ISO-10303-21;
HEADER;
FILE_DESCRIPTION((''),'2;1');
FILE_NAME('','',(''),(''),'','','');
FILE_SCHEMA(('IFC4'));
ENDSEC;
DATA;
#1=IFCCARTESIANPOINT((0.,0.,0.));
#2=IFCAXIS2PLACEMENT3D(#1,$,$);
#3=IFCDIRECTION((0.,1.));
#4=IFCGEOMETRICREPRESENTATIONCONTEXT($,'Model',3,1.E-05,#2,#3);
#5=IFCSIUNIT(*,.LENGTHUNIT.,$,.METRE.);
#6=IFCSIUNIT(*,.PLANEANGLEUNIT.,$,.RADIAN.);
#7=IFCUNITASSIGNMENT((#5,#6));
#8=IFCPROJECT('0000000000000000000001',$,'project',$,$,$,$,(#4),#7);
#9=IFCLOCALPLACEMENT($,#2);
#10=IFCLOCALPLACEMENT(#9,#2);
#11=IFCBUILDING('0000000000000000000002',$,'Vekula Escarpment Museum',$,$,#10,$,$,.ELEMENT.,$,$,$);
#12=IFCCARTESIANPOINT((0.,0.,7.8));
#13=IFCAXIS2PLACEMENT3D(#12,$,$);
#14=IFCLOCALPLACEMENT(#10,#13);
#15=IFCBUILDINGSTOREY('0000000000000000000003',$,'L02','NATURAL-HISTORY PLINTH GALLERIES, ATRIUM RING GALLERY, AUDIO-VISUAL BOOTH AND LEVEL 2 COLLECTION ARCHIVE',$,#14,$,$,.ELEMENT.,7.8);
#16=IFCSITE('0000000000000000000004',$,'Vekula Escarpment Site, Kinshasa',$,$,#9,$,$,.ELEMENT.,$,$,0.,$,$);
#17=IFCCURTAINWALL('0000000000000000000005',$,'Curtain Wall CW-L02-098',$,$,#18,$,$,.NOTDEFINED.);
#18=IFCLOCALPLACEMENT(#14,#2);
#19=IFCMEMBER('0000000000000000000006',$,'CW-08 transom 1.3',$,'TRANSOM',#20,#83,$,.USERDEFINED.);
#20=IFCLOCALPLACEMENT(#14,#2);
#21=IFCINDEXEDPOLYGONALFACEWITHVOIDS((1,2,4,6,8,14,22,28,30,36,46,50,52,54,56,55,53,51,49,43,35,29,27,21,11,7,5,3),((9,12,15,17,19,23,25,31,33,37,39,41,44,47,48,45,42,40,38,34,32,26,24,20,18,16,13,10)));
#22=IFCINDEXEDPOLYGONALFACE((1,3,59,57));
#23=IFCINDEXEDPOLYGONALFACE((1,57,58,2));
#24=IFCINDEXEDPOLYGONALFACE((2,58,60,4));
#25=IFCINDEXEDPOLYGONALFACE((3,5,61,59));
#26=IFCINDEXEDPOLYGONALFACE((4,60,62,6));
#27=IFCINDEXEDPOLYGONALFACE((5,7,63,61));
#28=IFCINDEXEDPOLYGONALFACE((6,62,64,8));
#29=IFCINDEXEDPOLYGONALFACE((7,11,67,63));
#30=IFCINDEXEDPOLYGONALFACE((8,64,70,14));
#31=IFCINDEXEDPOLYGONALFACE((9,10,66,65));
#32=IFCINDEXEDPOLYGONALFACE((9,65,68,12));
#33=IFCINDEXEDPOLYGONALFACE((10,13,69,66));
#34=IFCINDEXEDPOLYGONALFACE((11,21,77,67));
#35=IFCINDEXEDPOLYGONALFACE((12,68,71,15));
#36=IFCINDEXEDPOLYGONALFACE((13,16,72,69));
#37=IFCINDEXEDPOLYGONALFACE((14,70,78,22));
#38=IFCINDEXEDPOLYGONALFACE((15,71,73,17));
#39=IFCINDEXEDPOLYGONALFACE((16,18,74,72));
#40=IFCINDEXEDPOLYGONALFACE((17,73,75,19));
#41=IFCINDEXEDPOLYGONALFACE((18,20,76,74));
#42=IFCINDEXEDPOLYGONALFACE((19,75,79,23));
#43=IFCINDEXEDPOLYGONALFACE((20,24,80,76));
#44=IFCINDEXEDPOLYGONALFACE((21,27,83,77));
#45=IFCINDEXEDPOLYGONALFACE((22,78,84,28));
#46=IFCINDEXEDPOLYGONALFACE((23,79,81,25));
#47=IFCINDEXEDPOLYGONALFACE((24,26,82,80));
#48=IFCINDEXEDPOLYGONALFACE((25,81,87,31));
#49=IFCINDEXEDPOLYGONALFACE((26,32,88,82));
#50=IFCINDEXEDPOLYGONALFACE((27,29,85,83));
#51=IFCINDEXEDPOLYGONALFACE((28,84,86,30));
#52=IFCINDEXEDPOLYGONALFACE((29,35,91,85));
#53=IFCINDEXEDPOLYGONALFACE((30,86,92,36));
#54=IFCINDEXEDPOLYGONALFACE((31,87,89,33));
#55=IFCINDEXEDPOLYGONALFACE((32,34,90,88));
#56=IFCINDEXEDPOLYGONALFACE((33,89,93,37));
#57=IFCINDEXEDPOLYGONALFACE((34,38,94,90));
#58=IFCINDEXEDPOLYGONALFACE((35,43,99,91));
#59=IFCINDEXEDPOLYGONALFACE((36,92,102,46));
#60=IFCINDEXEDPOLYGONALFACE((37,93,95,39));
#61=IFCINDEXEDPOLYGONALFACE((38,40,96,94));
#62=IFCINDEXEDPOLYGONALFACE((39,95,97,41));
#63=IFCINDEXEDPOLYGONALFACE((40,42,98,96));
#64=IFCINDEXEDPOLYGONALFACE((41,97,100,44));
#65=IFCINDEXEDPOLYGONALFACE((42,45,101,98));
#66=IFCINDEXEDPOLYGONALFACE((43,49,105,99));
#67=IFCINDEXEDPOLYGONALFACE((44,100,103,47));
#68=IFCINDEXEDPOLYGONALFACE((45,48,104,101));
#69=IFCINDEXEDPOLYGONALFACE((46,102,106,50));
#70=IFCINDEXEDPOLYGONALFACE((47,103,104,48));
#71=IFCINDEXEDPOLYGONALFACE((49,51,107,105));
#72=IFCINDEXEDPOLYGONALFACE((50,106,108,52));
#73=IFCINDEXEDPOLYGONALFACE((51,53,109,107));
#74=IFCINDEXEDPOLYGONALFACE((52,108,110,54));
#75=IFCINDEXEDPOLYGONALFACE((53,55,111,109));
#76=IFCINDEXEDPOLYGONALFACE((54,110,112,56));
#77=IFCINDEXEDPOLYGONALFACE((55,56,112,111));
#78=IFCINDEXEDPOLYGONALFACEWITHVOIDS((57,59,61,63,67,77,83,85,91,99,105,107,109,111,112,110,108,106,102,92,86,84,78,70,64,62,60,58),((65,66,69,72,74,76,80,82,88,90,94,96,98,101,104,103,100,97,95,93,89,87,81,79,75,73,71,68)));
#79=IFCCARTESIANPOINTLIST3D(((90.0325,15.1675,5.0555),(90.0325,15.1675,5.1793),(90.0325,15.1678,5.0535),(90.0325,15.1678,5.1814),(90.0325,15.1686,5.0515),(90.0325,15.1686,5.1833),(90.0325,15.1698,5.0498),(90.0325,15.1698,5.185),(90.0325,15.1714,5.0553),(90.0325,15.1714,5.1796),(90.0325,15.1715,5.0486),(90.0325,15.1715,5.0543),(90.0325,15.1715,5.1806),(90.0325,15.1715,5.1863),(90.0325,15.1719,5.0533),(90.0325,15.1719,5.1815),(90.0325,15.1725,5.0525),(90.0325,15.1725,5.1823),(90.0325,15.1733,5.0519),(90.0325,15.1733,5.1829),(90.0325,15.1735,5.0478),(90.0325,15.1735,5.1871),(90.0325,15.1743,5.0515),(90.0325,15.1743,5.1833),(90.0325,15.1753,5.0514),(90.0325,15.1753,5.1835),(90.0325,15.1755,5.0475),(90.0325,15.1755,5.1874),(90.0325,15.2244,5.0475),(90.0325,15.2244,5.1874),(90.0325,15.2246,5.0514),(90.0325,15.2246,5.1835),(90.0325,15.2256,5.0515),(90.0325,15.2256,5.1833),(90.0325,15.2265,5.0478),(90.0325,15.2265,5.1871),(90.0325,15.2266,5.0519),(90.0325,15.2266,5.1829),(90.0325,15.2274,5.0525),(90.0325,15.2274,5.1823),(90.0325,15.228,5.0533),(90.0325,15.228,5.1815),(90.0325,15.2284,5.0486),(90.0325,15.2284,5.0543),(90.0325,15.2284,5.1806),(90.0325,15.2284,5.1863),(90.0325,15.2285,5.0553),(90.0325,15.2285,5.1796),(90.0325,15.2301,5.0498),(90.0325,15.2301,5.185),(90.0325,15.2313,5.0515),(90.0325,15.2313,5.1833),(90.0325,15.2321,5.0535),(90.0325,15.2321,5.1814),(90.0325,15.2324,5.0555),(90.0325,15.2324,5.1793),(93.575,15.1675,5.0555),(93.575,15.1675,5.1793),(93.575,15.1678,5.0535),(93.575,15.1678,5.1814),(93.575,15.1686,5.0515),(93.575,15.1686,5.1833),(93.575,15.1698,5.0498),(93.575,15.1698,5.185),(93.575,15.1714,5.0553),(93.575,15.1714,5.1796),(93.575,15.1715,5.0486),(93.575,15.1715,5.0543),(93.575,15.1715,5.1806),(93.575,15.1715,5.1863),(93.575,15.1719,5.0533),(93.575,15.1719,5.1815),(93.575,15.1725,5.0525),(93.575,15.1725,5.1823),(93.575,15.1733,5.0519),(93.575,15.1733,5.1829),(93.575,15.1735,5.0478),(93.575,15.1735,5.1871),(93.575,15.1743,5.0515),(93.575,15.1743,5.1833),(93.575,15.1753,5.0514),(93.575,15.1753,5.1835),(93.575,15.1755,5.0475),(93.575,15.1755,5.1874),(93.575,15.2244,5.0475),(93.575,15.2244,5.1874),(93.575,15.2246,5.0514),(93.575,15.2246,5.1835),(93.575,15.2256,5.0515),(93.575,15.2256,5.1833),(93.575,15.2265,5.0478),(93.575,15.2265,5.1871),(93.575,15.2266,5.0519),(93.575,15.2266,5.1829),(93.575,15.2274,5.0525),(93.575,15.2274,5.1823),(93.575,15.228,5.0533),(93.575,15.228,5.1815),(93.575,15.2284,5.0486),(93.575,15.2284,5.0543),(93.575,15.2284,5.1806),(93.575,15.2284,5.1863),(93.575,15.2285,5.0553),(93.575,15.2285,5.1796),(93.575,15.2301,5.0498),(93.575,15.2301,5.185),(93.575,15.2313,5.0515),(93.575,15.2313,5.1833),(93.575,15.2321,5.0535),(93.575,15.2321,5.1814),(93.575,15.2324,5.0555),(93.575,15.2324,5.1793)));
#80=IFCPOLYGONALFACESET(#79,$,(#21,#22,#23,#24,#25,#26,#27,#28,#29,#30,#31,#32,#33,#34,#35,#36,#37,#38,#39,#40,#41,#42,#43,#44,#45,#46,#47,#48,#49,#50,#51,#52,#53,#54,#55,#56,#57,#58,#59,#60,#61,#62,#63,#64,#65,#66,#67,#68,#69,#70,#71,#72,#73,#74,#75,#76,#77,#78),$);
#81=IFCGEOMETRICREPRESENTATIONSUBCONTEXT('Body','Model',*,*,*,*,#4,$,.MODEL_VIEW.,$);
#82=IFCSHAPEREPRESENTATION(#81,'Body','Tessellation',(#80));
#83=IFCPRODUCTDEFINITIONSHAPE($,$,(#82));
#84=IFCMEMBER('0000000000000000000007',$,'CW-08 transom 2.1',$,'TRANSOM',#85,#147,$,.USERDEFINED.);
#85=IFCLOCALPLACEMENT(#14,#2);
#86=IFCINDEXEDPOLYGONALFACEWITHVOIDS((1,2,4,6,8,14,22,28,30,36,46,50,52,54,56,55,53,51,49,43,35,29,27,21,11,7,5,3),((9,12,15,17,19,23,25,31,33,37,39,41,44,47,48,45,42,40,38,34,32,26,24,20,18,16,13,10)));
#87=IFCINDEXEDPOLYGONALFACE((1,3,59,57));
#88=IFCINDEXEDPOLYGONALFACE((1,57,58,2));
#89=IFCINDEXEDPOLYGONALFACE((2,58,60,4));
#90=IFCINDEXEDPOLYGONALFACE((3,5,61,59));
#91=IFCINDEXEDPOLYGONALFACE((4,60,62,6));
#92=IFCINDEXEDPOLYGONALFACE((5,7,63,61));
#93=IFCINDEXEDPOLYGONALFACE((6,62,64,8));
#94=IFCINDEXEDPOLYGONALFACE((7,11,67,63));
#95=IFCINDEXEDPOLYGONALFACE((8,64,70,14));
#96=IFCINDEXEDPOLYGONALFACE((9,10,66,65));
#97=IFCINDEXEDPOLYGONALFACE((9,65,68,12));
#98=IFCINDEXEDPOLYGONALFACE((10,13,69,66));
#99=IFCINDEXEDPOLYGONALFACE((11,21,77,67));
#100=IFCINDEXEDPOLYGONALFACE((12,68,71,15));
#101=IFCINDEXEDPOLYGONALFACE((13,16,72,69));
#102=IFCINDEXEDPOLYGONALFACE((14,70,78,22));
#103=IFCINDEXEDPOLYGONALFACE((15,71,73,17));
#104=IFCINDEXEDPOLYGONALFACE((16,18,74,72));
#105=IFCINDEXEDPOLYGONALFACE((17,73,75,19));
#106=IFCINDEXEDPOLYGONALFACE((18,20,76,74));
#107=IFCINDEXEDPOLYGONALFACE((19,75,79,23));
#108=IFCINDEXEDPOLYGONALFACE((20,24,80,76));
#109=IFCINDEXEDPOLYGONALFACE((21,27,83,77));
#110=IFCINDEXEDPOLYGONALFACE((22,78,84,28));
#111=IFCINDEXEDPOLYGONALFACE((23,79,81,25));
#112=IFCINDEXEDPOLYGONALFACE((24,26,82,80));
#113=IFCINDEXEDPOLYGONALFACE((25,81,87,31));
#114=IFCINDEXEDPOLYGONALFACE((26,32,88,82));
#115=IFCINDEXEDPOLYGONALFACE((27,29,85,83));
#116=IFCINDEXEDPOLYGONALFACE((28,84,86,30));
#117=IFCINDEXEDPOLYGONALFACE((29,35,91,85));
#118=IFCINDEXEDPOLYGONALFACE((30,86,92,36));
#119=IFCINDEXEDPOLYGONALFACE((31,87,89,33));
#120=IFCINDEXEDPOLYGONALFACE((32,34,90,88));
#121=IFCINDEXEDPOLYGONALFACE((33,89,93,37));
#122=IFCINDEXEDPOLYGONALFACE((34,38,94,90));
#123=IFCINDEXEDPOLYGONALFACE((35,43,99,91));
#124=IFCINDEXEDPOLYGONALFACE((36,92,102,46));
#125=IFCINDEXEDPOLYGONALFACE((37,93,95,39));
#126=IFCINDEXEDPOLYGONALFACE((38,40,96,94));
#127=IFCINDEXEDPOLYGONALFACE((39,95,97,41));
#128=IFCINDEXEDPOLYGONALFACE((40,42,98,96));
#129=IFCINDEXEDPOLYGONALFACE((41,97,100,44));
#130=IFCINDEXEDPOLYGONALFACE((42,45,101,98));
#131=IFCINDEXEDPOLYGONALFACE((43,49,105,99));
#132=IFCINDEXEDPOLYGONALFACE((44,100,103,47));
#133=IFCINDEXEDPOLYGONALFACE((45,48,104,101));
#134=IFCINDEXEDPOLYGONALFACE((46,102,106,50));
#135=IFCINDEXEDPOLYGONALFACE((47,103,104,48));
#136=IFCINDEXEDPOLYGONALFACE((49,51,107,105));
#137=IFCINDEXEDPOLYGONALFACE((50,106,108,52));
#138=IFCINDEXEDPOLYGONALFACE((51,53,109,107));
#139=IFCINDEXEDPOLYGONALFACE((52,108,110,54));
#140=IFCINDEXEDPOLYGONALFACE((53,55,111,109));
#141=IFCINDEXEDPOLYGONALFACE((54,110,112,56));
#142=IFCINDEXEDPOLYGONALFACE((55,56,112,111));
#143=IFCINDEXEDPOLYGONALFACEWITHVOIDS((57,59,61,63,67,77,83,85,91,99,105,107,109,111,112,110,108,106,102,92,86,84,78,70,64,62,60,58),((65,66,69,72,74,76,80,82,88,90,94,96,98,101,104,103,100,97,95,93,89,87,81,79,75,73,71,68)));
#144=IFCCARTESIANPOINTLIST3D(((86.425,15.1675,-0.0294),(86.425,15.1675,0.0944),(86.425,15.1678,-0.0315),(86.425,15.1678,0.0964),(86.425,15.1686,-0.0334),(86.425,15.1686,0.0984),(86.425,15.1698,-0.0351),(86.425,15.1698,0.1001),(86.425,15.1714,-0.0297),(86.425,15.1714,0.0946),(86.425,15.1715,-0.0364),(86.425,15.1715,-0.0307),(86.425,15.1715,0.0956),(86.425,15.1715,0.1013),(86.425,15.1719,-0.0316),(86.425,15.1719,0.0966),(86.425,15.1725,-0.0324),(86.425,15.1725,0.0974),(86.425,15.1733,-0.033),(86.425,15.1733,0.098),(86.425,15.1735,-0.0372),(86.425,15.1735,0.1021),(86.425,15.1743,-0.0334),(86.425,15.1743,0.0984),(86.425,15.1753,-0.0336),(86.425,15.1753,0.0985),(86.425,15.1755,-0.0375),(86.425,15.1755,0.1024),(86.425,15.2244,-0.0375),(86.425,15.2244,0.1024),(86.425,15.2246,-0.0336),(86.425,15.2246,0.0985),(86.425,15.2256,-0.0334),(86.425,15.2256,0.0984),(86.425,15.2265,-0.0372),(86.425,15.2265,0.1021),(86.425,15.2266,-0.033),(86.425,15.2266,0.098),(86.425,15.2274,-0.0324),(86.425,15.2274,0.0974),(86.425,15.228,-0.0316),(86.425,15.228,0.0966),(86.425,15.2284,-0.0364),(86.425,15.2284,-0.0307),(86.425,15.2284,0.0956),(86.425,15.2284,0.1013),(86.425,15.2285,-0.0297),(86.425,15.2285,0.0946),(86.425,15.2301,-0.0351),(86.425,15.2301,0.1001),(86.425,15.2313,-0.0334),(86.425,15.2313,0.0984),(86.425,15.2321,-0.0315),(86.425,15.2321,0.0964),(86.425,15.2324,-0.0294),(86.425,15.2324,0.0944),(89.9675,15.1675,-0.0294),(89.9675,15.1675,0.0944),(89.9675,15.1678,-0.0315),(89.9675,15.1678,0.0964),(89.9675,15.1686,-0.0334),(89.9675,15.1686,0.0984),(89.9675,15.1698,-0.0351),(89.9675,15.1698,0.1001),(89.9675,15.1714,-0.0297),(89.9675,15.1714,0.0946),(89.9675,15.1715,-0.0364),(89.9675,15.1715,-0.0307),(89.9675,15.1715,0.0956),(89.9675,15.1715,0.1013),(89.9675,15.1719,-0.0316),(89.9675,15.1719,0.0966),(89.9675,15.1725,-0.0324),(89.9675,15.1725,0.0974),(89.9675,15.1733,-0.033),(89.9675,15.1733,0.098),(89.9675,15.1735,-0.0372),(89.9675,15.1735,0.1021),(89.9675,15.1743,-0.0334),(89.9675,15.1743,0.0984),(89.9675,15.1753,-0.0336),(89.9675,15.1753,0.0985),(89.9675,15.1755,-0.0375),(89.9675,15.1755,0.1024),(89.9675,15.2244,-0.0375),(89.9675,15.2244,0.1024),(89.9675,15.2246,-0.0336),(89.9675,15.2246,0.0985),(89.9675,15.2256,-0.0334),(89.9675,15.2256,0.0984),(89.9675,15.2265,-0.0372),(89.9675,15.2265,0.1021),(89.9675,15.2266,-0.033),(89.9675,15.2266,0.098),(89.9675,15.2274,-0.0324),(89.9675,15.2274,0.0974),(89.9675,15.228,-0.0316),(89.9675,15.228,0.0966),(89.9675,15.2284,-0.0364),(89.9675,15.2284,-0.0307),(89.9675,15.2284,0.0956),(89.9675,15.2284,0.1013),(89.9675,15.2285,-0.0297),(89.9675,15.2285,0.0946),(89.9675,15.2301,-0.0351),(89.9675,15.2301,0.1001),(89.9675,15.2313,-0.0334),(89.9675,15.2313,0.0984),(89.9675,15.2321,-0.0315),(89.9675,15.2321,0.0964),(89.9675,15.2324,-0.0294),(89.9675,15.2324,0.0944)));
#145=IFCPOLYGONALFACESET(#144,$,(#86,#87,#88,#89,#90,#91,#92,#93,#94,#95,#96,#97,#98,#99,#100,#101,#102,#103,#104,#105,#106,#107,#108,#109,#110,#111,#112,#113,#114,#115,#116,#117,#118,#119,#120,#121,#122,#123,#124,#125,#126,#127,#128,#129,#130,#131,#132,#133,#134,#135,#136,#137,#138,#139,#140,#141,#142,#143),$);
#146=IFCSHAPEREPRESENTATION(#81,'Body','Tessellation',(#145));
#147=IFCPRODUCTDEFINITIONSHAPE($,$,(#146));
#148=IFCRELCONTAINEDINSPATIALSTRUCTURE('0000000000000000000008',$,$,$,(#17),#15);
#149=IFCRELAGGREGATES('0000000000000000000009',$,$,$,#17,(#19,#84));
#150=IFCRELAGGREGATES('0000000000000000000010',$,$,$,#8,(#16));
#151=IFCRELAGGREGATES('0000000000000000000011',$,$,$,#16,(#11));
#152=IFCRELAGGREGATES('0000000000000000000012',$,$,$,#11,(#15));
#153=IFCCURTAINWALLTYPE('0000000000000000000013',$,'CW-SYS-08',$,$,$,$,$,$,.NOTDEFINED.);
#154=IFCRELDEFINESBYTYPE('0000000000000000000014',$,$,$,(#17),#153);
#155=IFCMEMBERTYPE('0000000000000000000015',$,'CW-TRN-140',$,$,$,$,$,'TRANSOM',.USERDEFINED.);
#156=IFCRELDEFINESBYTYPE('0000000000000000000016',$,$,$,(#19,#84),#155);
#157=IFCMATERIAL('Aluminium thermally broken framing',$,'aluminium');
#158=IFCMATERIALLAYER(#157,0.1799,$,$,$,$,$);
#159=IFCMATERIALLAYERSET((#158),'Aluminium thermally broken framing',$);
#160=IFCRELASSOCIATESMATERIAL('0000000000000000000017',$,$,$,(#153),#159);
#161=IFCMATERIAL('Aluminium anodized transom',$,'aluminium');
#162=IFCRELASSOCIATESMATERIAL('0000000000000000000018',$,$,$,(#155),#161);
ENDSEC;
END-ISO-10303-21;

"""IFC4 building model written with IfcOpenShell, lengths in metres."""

from ifc_helpers import new_model, si_unit, direction, frame, origin, origin_2d, place, context, subcontext, project, spatial, hollow_rectangle, extrude, material, layer, layer_set, material_profile, profile_set, type_object, element, aggregate, save


model = new_model("IFC4")

# Units and contexts
model_context = context("Model", 3, precision=1e-05, world=origin(), true_north=direction((0.0, 1.0)))
body_context = subcontext(model_context, "Body", "Model", "MODEL_VIEW")
ifc_project = project(units=[si_unit("LENGTHUNIT", "METRE"), si_unit("PLANEANGLEUNIT", "RADIAN")], contexts=[model_context])

# Site, building, storey
site_placement = place(None, origin())
site = spatial("IfcSite", under=ifc_project, at=site_placement, Name="Vekula Escarpment Site, Kinshasa", CompositionType="ELEMENT", RefElevation=0.0)
building_placement = place(site_placement, origin())
building = spatial("IfcBuilding", under=site, at=building_placement, Name="Vekula Escarpment Museum", CompositionType="ELEMENT")
storey_placement = place(building_placement, frame((0.0, 0.0, 7.8)))
storey = spatial("IfcBuildingStorey", under=building, at=storey_placement, Name="L02", Description="NATURAL-HISTORY PLINTH GALLERIES, ATRIUM RING GALLERY, AUDIO-VISUAL BOOTH AND LEVEL 2 COLLECTION ARCHIVE", CompositionType="ELEMENT", Elevation=7.8)

# Curtain wall
ifc_material_1 = material(Name="Aluminium thermally broken framing", Category="aluminium")
ifc_layer_1 = layer(ifc_material_1, 0.1799)
ifc_layer_set_1 = layer_set([ifc_layer_1], Name="Aluminium thermally broken framing")
curtain_wall_type_1 = type_object("IfcCurtainWallType", Name="CW-SYS-08", PredefinedType="NOTDEFINED", material=ifc_layer_set_1)
curtain_wall_1_placement = place(storey_placement, origin())
curtain_wall_1 = element("IfcCurtainWall", 1, at=curtain_wall_1_placement, inside=storey, type_object=curtain_wall_type_1, Name="Curtain Wall CW-L02-098", PredefinedType="NOTDEFINED")

# Members
ifc_material_2 = material(Name="Aluminium anodized transom", Category="aluminium")
ifc_material_profile_1 = material_profile(ifc_material_2, hollow_rectangle(XDim=0.0649, YDim=0.1399, WallThickness=0.0039, InnerFilletRadius=0.0039, OuterFilletRadius=0.0081, at=origin_2d()), Name="ALU 140x65x4")
ifc_profile_set_1 = profile_set([ifc_material_profile_1], Name="Aluminium anodized transom")
member_type_1 = type_object("IfcMemberType", Name="CW-TRN-140", ElementType="TRANSOM", PredefinedType="USERDEFINED", material=ifc_profile_set_1)
member_1_placement = place(storey_placement, frame((93.575, 15.2, 5.1174), z_axis=(-1.0, 0.0, 0.0), x_axis=(0.0, -1.0, 0.0)))
member_1 = element("IfcMember", 2, at=member_1_placement, type_object=member_type_1, Name="CW-08 transom 1.3", ObjectType="TRANSOM", PredefinedType="USERDEFINED", context=body_context, shape_type="SweptSolid", body=[
    extrude(hollow_rectangle(XDim=0.0649, YDim=0.1399, WallThickness=0.0039, InnerFilletRadius=0.0039, OuterFilletRadius=0.0081, at=origin_2d()), origin(), (0.0, 0.0, 1.0), 3.5425),
])
member_2_placement = place(storey_placement, frame((89.9675, 15.2, 0.0325), z_axis=(-1.0, 0.0, 0.0), x_axis=(0.0, -1.0, 0.0)))
member_2 = element("IfcMember", 3, at=member_2_placement, type_object=member_type_1, Name="CW-08 transom 2.1", ObjectType="TRANSOM", PredefinedType="USERDEFINED", context=body_context, shape_type="SweptSolid", body=[
    extrude(hollow_rectangle(XDim=0.0649, YDim=0.1399, WallThickness=0.0039, InnerFilletRadius=0.0039, OuterFilletRadius=0.0081, at=origin_2d()), origin(), (0.0, 0.0, 1.0), 3.5425),
])

aggregate(curtain_wall_1, [member_1, member_2])

save(model, "model.ifc")
